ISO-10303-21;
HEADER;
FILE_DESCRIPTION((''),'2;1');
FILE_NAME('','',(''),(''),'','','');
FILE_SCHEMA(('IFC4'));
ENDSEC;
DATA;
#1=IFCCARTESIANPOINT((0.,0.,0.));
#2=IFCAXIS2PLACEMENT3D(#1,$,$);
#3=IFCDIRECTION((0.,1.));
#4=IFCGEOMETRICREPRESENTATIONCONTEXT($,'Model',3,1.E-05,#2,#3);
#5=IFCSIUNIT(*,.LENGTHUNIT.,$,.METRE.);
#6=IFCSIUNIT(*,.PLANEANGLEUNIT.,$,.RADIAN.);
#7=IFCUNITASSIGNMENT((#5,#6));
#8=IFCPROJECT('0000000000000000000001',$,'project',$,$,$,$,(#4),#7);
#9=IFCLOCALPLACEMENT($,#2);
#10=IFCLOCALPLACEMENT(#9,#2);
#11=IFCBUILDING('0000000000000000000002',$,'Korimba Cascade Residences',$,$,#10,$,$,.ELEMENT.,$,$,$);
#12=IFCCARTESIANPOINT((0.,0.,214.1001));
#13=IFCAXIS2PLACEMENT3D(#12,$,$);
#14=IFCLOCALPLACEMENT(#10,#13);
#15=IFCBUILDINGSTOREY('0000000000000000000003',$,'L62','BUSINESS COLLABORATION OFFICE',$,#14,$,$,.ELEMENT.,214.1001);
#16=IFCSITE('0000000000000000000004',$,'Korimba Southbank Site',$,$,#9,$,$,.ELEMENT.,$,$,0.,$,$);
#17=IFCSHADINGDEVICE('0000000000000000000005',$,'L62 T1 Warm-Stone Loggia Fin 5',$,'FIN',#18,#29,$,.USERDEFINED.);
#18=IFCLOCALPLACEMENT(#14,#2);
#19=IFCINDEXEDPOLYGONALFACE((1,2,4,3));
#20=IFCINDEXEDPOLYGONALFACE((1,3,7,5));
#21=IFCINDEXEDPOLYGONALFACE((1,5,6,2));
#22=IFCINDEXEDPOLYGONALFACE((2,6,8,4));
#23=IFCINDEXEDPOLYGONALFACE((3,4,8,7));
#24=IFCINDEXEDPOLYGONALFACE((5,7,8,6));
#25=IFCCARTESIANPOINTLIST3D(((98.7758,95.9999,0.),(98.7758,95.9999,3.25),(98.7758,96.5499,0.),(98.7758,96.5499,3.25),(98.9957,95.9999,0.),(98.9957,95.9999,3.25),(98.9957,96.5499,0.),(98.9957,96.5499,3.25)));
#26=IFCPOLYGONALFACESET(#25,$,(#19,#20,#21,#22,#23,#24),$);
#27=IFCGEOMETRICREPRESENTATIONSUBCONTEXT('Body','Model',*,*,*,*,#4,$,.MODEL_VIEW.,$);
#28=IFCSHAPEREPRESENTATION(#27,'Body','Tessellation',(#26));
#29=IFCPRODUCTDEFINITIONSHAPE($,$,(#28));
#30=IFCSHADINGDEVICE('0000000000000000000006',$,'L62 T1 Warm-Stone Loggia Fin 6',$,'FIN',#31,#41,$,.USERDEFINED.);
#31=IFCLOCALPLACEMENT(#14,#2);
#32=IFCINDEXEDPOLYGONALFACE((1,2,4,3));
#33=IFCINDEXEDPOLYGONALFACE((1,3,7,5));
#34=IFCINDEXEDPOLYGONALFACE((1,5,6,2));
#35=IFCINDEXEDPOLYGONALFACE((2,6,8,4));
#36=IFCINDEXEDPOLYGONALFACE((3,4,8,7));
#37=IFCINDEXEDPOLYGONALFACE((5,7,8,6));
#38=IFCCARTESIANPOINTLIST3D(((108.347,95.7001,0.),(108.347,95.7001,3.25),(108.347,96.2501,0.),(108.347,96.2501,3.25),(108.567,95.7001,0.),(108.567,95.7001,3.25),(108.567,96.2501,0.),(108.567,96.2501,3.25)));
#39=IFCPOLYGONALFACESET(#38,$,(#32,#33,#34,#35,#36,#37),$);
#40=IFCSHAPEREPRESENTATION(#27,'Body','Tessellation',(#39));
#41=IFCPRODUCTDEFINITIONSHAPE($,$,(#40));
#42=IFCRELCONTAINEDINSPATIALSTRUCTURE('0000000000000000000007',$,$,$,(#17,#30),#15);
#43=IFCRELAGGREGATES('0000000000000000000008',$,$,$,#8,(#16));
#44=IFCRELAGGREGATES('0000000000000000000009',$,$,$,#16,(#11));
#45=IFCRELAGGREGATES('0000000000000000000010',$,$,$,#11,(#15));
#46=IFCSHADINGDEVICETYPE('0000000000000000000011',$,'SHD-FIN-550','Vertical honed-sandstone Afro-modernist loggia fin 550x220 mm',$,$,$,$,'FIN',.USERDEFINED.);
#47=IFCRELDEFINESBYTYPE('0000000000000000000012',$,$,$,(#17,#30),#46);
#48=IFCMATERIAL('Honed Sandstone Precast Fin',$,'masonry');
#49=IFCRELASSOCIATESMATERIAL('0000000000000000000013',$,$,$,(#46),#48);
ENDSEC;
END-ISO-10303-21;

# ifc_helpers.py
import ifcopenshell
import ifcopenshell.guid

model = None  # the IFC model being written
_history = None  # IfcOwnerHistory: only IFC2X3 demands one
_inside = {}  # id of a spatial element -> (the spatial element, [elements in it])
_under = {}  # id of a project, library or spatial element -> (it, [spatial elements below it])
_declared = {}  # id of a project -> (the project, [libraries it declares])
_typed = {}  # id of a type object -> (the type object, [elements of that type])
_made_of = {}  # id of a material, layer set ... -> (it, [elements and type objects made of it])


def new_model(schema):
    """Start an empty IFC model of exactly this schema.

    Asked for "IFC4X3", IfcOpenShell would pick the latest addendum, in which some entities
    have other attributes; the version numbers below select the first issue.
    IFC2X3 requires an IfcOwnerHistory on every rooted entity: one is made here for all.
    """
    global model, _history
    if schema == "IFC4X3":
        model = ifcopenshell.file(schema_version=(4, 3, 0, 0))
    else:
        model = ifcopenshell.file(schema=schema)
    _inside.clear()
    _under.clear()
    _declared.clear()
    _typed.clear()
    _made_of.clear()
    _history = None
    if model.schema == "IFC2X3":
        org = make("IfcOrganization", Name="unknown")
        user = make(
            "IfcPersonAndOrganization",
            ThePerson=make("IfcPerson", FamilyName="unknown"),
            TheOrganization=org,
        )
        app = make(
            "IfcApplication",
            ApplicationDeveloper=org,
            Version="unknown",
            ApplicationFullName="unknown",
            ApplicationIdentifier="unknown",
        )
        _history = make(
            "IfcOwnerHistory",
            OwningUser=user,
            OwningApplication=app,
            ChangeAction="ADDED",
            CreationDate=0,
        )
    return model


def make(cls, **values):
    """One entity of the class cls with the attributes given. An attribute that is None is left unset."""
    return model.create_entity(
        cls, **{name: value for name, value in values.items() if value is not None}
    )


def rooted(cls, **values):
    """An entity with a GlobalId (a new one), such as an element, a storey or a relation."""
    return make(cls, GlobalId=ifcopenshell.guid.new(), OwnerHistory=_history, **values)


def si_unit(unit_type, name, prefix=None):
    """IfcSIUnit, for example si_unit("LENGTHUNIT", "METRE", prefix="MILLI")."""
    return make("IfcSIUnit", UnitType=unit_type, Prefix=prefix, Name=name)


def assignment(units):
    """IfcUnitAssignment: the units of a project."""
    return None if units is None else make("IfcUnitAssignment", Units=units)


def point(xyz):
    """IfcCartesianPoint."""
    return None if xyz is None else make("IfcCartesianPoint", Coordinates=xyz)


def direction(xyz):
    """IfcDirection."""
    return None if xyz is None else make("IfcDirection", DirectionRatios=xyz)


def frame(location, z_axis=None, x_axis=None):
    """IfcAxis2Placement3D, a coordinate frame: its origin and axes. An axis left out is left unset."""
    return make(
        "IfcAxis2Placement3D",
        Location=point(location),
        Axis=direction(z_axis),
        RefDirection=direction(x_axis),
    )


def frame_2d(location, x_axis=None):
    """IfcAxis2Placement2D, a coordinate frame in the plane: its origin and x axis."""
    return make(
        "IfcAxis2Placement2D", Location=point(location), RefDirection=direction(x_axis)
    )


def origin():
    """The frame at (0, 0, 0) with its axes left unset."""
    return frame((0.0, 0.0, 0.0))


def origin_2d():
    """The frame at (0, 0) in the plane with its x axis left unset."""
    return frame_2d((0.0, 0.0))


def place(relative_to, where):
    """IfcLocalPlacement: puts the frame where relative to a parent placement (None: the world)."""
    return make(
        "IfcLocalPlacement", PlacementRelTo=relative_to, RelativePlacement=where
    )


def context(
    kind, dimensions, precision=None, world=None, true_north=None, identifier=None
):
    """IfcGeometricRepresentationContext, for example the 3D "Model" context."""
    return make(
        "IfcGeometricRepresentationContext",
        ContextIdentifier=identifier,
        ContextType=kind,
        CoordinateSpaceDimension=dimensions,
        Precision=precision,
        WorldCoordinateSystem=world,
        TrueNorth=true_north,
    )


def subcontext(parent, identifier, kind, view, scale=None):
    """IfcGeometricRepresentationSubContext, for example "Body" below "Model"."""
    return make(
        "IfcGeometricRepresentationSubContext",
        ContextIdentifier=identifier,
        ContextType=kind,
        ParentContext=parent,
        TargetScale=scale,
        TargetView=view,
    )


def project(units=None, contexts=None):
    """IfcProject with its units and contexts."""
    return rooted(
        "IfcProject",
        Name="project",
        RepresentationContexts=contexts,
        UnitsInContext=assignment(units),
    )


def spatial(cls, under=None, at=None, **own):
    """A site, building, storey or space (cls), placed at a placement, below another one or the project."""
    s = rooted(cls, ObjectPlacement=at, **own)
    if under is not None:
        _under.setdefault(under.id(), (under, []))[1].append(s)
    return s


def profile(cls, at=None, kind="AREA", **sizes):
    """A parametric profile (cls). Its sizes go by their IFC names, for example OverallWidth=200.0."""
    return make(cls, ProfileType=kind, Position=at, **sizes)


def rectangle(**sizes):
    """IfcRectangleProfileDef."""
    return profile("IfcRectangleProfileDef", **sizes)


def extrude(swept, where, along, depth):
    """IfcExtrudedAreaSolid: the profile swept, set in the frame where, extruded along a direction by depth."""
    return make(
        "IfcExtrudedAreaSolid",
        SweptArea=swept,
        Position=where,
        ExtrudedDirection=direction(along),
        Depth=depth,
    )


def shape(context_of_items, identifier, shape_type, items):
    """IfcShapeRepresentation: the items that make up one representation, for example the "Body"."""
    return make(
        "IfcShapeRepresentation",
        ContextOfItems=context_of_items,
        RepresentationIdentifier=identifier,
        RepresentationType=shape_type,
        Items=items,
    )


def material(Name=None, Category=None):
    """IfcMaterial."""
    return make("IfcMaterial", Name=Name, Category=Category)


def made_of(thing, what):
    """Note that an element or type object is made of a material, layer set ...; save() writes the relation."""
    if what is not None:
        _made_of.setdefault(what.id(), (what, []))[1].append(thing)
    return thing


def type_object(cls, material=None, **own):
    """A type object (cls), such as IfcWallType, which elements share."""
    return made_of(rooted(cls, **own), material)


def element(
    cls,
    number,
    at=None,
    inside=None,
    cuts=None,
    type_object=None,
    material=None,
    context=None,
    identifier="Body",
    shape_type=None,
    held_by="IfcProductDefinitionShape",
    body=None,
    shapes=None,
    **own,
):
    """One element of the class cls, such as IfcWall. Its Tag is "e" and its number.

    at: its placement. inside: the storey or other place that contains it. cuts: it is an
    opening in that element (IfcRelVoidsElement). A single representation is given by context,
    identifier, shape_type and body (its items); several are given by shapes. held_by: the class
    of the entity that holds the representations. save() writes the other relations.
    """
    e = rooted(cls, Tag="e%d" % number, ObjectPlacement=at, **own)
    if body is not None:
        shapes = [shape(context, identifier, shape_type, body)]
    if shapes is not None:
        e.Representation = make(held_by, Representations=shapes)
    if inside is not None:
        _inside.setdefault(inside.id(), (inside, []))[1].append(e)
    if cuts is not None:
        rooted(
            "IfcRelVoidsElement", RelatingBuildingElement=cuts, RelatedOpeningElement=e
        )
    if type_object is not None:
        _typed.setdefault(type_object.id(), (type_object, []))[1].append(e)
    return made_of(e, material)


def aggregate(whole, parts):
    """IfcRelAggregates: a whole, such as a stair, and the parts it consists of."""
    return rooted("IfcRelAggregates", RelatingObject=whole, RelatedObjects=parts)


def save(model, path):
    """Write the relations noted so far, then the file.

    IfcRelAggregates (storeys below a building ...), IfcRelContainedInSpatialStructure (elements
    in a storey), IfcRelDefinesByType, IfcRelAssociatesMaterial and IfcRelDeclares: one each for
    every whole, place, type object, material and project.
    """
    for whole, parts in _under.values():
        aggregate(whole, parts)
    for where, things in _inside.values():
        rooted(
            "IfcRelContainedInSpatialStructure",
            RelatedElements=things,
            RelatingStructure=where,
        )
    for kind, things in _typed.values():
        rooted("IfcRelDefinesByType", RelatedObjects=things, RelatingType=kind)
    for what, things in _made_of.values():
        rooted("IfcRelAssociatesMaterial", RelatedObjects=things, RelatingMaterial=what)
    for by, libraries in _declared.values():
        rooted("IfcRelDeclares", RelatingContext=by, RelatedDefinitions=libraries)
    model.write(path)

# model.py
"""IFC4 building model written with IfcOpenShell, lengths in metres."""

from ifc_helpers import new_model, si_unit, direction, frame, origin, origin_2d, place, context, subcontext, project, spatial, rectangle, extrude, material, type_object, element, save


model = new_model("IFC4")

# Units and contexts
model_context = context("Model", 3, precision=1e-05, world=origin(), true_north=direction((0.0, 1.0)))
body_context = subcontext(model_context, "Body", "Model", "MODEL_VIEW")
ifc_project = project(units=[si_unit("LENGTHUNIT", "METRE"), si_unit("PLANEANGLEUNIT", "RADIAN")], contexts=[model_context])

# Site, building, storey
site_placement = place(None, origin())
site = spatial("IfcSite", under=ifc_project, at=site_placement, Name="Korimba Southbank Site", CompositionType="ELEMENT", RefElevation=0.0)
building_placement = place(site_placement, origin())
building = spatial("IfcBuilding", under=site, at=building_placement, Name="Korimba Cascade Residences", CompositionType="ELEMENT")
storey_placement = place(building_placement, frame((0.0, 0.0, 214.1001)))
storey = spatial("IfcBuildingStorey", under=building, at=storey_placement, Name="L62", Description="BUSINESS COLLABORATION OFFICE", CompositionType="ELEMENT", Elevation=214.1001)

# Shading devices
ifc_material_1 = material(Name="Honed Sandstone Precast Fin", Category="masonry")
shading_device_type = type_object("IfcShadingDeviceType", Name="SHD-FIN-550", Description="Vertical honed-sandstone Afro-modernist loggia fin 550x220 mm", ElementType="FIN", PredefinedType="USERDEFINED", material=ifc_material_1)
for number, where, z_axis, x_axis, name in (
    (1, (98.8857, 96.2749, 0.0), (0.0, 0.0, 1.0), (1.0, 0.0, 0.0), "L62 T1 Warm-Stone Loggia Fin 5"),
    (2, (108.457, 95.9751, 0.0), (0.0, 0.0, 1.0), (1.0, 0.0, 0.0), "L62 T1 Warm-Stone Loggia Fin 6"),
):
    element("IfcShadingDevice", number, at=place(storey_placement, frame(where, z_axis=z_axis, x_axis=x_axis)), inside=storey, type_object=shading_device_type, Name=name, ObjectType="FIN", PredefinedType="USERDEFINED", context=body_context, shape_type="SweptSolid", body=[
        extrude(rectangle(XDim=0.22, YDim=0.55, at=origin_2d()), origin(), (0.0, 0.0, 1.0), 3.25),
    ])

save(model, "model.ifc")
